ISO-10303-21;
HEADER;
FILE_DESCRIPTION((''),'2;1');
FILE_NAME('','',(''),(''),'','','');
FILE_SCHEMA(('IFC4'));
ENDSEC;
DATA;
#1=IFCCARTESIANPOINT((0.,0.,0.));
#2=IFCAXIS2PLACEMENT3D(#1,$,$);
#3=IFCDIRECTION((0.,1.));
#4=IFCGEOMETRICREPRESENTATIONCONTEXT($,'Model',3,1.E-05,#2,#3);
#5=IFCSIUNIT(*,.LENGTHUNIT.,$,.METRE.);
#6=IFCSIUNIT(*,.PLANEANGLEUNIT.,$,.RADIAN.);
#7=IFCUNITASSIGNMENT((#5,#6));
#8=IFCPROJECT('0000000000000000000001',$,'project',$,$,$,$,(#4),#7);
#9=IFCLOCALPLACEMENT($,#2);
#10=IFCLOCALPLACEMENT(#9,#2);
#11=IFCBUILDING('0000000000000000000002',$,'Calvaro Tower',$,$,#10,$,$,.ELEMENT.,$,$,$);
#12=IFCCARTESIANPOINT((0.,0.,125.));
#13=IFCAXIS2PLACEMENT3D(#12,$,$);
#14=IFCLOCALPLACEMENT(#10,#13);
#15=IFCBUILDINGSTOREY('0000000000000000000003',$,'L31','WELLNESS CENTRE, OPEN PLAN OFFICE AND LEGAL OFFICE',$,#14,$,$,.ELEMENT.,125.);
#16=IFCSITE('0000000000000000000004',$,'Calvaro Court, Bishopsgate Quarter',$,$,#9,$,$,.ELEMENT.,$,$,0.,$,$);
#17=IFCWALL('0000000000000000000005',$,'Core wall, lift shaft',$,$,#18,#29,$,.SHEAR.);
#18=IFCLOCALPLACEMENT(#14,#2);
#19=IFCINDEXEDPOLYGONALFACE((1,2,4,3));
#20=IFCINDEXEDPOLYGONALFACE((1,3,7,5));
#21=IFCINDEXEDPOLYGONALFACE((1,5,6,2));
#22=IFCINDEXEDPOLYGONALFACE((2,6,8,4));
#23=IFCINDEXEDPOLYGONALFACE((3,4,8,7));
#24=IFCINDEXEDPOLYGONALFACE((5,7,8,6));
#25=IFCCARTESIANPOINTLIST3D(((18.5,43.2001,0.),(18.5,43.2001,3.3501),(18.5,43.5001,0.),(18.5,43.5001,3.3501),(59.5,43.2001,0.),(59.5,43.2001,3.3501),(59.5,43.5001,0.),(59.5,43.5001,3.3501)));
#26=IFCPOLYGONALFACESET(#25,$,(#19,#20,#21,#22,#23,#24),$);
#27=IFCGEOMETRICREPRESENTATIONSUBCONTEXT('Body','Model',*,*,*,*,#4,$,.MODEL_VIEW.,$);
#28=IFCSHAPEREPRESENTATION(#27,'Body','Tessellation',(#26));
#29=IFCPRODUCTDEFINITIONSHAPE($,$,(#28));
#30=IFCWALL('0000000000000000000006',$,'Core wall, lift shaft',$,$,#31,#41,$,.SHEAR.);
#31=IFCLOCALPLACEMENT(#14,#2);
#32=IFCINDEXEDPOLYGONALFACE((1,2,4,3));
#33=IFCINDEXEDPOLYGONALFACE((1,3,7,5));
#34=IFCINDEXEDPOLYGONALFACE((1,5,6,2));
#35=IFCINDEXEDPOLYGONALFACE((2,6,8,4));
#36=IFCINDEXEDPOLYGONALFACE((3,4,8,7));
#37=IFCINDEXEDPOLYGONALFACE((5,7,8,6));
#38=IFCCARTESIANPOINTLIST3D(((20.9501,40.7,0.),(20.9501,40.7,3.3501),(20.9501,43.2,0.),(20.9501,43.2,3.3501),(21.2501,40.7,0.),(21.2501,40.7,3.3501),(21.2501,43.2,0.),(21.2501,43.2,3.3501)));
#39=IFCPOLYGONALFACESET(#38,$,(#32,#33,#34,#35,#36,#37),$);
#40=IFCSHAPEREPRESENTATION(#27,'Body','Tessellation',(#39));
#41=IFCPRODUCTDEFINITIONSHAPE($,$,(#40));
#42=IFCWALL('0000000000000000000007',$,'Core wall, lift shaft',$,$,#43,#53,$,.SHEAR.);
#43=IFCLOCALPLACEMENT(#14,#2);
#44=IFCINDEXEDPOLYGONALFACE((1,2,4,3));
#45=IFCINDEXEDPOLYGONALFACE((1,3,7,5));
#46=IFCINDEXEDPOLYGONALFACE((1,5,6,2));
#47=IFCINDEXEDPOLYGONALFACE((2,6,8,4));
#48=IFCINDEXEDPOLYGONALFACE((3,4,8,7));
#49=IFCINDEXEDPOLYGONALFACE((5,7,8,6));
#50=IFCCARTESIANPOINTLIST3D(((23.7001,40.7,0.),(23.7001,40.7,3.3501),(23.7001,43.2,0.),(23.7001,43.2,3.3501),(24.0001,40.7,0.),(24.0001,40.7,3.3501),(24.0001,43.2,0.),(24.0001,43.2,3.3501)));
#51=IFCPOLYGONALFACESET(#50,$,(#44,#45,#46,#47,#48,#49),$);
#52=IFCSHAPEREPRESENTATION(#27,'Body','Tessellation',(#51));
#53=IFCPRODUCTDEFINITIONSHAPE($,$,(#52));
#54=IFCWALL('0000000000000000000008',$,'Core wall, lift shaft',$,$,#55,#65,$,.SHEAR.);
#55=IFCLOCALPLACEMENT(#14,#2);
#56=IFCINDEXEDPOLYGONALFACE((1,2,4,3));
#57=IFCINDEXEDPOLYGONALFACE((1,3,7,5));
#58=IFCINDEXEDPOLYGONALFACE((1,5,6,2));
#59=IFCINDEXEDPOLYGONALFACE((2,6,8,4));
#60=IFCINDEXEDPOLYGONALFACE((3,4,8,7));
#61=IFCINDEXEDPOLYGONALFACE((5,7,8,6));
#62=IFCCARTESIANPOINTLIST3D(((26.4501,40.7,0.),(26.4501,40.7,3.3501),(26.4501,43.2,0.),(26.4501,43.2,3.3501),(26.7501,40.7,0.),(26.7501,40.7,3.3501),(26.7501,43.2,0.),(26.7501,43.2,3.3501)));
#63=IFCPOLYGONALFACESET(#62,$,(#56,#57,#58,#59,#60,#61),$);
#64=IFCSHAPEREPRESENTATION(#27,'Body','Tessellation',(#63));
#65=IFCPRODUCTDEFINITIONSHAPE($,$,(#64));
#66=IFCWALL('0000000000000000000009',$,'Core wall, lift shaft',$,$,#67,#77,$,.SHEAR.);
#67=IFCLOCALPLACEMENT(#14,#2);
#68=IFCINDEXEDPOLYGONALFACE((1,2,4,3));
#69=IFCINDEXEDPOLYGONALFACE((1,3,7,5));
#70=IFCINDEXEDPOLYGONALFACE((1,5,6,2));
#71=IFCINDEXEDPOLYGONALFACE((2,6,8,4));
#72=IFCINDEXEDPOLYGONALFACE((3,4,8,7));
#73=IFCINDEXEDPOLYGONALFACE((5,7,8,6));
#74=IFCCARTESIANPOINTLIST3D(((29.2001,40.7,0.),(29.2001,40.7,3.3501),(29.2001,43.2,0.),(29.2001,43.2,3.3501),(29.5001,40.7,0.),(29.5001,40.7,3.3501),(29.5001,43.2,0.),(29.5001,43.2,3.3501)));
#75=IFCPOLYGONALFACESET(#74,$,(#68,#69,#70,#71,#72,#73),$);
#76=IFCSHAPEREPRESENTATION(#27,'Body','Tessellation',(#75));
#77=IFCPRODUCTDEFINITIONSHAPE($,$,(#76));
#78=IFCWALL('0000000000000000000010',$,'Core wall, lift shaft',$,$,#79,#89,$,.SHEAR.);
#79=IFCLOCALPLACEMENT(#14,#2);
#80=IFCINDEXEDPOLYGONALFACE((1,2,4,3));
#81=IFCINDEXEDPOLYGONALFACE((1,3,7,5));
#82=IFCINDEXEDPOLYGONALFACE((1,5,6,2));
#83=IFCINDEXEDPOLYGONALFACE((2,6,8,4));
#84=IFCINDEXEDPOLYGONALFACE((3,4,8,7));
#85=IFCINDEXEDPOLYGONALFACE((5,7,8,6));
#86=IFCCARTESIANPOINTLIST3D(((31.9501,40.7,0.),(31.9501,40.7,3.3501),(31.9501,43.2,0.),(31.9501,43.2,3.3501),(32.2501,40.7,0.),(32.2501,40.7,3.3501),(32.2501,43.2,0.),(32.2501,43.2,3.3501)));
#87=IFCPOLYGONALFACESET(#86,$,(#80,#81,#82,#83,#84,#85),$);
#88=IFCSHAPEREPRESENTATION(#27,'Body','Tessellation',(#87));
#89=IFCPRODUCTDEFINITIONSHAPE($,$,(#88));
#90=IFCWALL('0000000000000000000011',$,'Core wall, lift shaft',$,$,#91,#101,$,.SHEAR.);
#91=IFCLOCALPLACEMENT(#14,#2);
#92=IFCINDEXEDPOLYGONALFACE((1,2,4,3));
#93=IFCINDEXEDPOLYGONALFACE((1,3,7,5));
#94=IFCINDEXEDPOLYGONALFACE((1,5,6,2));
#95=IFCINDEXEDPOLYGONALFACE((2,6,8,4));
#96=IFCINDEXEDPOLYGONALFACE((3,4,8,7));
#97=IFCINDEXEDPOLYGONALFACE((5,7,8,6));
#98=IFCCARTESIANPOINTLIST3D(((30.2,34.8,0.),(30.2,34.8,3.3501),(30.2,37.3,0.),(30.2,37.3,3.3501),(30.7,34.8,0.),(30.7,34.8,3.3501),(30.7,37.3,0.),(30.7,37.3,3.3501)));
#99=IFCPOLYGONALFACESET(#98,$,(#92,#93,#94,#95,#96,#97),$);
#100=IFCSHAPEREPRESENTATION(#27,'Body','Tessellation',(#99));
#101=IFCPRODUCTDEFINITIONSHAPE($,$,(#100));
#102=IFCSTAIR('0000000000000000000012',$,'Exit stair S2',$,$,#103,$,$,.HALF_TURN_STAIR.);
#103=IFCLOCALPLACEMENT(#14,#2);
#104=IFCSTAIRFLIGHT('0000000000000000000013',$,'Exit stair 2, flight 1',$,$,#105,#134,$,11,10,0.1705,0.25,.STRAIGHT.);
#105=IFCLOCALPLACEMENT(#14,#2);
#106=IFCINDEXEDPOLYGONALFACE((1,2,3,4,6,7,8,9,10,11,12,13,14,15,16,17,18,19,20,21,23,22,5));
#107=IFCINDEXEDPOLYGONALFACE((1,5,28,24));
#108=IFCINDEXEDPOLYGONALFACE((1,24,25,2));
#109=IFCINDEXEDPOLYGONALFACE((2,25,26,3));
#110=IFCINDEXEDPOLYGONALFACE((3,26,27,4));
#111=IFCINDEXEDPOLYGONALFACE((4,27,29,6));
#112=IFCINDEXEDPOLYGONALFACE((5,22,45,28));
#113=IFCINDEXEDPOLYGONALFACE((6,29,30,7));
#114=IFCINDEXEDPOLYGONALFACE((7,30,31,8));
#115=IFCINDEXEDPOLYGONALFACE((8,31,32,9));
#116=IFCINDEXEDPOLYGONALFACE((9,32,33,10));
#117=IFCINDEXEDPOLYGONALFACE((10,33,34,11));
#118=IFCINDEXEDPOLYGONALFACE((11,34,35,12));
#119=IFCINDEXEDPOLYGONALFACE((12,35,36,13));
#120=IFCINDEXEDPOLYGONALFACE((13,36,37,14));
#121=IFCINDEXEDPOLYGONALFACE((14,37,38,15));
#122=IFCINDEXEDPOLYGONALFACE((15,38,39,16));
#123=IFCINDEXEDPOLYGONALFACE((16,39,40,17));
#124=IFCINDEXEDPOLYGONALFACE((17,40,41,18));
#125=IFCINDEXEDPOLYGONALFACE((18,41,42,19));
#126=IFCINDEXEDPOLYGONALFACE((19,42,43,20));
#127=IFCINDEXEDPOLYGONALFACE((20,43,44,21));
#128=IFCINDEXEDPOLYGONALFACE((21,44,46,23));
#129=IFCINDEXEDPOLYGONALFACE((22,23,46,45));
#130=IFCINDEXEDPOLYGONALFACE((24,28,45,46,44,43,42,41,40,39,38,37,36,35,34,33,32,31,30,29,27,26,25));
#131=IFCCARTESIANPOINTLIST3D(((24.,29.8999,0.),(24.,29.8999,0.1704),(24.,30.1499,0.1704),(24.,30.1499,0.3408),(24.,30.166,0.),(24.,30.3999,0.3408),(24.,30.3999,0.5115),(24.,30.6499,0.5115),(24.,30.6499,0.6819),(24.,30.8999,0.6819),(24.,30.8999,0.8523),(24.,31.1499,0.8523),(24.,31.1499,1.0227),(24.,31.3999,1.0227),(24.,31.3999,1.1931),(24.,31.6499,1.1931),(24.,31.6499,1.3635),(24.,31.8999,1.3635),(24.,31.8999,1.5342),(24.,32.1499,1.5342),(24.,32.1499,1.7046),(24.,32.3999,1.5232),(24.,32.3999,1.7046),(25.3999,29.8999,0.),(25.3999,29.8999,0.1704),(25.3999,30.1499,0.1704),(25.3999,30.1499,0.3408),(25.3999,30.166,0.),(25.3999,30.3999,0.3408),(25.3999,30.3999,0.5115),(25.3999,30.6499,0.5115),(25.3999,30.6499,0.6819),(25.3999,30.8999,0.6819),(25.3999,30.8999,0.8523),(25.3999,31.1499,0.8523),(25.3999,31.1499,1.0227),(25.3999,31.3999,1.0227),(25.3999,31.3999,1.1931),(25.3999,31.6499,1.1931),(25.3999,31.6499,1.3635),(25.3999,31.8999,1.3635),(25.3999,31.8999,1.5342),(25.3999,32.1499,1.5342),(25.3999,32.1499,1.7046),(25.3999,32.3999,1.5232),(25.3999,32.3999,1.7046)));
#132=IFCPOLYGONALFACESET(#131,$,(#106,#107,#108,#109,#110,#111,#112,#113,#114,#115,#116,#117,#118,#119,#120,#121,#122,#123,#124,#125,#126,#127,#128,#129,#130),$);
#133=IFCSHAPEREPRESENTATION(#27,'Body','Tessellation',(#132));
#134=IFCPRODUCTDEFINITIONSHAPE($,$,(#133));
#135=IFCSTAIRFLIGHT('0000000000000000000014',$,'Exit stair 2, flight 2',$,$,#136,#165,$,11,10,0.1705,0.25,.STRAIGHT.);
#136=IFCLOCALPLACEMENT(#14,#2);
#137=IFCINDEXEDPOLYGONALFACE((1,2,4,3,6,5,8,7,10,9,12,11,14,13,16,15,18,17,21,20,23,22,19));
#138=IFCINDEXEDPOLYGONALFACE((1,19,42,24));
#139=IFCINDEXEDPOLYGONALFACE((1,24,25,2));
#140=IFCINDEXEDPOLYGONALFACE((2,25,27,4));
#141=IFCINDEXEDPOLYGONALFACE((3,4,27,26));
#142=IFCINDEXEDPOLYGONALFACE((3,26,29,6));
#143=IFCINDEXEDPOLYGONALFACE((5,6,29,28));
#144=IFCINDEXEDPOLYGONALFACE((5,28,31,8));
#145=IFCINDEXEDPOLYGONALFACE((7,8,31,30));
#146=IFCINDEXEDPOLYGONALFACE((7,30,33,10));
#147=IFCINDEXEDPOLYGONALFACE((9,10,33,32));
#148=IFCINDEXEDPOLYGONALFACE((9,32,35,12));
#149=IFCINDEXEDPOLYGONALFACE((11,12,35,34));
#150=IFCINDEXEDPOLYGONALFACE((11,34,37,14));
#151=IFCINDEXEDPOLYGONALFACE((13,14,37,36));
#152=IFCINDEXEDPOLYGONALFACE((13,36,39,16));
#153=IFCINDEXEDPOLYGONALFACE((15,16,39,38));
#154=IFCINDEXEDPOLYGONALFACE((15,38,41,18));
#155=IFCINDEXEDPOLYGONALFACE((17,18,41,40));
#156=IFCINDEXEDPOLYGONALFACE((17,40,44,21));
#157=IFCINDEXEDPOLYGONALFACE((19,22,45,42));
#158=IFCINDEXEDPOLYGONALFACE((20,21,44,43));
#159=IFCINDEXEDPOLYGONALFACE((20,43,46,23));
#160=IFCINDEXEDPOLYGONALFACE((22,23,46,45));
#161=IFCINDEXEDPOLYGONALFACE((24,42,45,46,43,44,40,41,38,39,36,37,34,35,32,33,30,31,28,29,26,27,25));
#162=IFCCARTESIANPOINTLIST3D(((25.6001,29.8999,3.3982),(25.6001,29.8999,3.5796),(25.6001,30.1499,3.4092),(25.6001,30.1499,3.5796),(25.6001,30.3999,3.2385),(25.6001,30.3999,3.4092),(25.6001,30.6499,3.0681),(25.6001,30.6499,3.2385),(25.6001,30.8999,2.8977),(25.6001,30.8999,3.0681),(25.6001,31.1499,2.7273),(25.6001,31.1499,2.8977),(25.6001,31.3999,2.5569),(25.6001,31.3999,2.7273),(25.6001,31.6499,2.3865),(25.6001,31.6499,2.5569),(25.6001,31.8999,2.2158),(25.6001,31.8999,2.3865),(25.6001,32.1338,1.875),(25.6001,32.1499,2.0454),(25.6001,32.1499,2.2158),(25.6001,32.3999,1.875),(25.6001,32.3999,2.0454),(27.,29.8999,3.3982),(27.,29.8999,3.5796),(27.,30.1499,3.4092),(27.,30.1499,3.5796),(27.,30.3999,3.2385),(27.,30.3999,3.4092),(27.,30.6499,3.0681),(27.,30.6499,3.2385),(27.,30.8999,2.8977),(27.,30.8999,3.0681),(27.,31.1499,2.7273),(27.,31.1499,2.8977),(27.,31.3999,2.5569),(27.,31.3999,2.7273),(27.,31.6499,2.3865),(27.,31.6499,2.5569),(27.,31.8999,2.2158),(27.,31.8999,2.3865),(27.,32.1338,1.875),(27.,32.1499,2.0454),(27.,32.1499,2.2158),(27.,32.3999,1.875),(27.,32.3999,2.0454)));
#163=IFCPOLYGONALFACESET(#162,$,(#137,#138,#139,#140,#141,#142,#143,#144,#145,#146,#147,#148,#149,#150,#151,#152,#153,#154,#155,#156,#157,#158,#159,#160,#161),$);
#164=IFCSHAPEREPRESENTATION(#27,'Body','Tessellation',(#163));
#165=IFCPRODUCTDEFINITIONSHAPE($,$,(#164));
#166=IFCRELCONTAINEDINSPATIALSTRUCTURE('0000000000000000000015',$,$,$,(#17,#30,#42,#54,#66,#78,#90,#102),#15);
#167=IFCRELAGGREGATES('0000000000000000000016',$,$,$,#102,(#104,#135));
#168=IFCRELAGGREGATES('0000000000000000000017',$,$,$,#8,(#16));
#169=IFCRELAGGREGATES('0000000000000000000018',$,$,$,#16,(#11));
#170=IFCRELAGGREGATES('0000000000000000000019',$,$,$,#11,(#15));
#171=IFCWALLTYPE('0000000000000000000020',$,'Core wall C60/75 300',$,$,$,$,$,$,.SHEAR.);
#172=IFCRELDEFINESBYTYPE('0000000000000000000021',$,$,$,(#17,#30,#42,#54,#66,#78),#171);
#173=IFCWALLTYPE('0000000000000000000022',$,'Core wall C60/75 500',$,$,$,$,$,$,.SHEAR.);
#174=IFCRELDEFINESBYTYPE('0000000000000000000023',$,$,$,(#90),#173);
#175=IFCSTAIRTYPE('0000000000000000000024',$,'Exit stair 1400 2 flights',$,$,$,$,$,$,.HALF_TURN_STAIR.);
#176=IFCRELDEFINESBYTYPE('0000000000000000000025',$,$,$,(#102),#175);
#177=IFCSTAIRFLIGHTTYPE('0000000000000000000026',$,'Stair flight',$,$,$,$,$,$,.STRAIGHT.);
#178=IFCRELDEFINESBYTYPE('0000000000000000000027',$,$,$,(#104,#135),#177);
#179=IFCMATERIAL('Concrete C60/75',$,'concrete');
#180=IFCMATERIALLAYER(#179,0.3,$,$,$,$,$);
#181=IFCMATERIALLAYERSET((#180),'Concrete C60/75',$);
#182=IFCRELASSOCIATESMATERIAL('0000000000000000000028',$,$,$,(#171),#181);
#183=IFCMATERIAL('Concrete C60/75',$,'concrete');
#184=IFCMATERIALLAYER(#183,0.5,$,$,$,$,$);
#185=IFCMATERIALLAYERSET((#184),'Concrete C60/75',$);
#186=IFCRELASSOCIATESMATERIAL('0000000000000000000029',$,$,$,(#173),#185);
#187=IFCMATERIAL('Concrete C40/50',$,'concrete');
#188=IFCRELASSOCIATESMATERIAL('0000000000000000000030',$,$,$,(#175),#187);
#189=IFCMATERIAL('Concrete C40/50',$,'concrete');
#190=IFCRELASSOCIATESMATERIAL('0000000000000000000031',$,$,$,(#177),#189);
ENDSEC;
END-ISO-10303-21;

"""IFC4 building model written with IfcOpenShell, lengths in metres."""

from ifc_helpers import new_model, si_unit, direction, frame, frame_2d, origin, place, context, subcontext, project, spatial, polyline, rectangle, outline, extrude, material, layer, layer_set, type_object, element, aggregate, save


model = new_model("IFC4")

# Units and contexts
model_context = context("Model", 3, precision=1e-05, world=origin(), true_north=direction((0.0, 1.0)))
body_context = subcontext(model_context, "Body", "Model", "MODEL_VIEW")
ifc_project = project(units=[si_unit("LENGTHUNIT", "METRE"), si_unit("PLANEANGLEUNIT", "RADIAN")], contexts=[model_context])

# Site, building, storey
site_placement = place(None, origin())
site = spatial("IfcSite", under=ifc_project, at=site_placement, Name="Calvaro Court, Bishopsgate Quarter", CompositionType="ELEMENT", RefElevation=0.0)
building_placement = place(site_placement, origin())
building = spatial("IfcBuilding", under=site, at=building_placement, Name="Calvaro Tower", CompositionType="ELEMENT")
storey_placement = place(building_placement, frame((0.0, 0.0, 125.0)))
storey = spatial("IfcBuildingStorey", under=building, at=storey_placement, Name="L31", Description="WELLNESS CENTRE, OPEN PLAN OFFICE AND LEGAL OFFICE", CompositionType="ELEMENT", Elevation=125.0)

# Shared definitions
ifc_material_1 = material(Name="Concrete C60/75", Category="concrete")
ifc_layer_1 = layer(ifc_material_1, 0.3)
ifc_layer_set_1 = layer_set([ifc_layer_1], Name="Concrete C60/75")
wall_type_1 = type_object("IfcWallType", Name="Core wall C60/75 300", PredefinedType="SHEAR", material=ifc_layer_set_1)

# Walls
wall_1_placement = place(storey_placement, frame((18.5, 43.3501, 0.0), z_axis=(0.0, 0.0, 1.0), x_axis=(1.0, 0.0, 0.0)))
element("IfcWall", 1, at=wall_1_placement, inside=storey, type_object=wall_type_1, Name="Core wall, lift shaft", PredefinedType="SHEAR", context=body_context, shape_type="SweptSolid", body=[
    extrude(rectangle(XDim=41.0, YDim=0.3, at=frame_2d((20.5, 0.0))), origin(), (0.0, 0.0, 1.0), 3.3501),
])
for number, where, z_axis, x_axis, name in (
    (2, (21.1001, 40.7, 0.0), (0.0, 0.0, 1.0), (0.0, 1.0, 0.0), "Core wall, lift shaft"),
    (3, (23.8501, 40.7, 0.0), (0.0, 0.0, 1.0), (0.0, 1.0, 0.0), "Core wall, lift shaft"),
    (4, (26.6001, 40.7, 0.0), (0.0, 0.0, 1.0), (0.0, 1.0, 0.0), "Core wall, lift shaft"),
    (5, (29.3501, 40.7, 0.0), (0.0, 0.0, 1.0), (0.0, 1.0, 0.0), "Core wall, lift shaft"),
    (6, (32.1001, 40.7, 0.0), (0.0, 0.0, 1.0), (0.0, 1.0, 0.0), "Core wall, lift shaft"),
):
    element("IfcWall", number, at=place(storey_placement, frame(where, z_axis=z_axis, x_axis=x_axis)), inside=storey, type_object=wall_type_1, Name=name, PredefinedType="SHEAR", context=body_context, shape_type="SweptSolid", body=[
        extrude(rectangle(XDim=2.5, YDim=0.3, at=frame_2d((1.25, 0.0))), origin(), (0.0, 0.0, 1.0), 3.3501),
    ])
ifc_material_2 = material(Name="Concrete C60/75", Category="concrete")
ifc_layer_2 = layer(ifc_material_2, 0.5)
ifc_layer_set_2 = layer_set([ifc_layer_2], Name="Concrete C60/75")
wall_type_2 = type_object("IfcWallType", Name="Core wall C60/75 500", PredefinedType="SHEAR", material=ifc_layer_set_2)
wall_2_placement = place(storey_placement, frame((30.45, 34.8, 0.0), z_axis=(0.0, 0.0, 1.0), x_axis=(0.0, 1.0, 0.0)))
element("IfcWall", 7, at=wall_2_placement, inside=storey, type_object=wall_type_2, Name="Core wall, lift shaft", PredefinedType="SHEAR", context=body_context, shape_type="SweptSolid", body=[
    extrude(rectangle(XDim=2.5, YDim=0.5, at=frame_2d((1.25, 0.0))), origin(), (0.0, 0.0, 1.0), 3.3501),
])

# Stair, stair flights
ifc_material_3 = material(Name="Concrete C40/50", Category="concrete")
stair_type = type_object("IfcStairType", Name="Exit stair 1400 2 flights", PredefinedType="HALF_TURN_STAIR", material=ifc_material_3)
stair_placement = place(storey_placement, origin())
stair = element("IfcStair", 8, at=stair_placement, inside=storey, type_object=stair_type, Name="Exit stair S2", PredefinedType="HALF_TURN_STAIR")
ifc_material_4 = material(Name="Concrete C40/50", Category="concrete")
stair_flight_type = type_object("IfcStairFlightType", Name="Stair flight", PredefinedType="STRAIGHT", material=ifc_material_4)
stair_flight_1_placement = place(storey_placement, frame((24.7, 29.8999, 0.0), z_axis=(0.0, 0.0, 1.0), x_axis=(0.0, 1.0, 0.0)))
stair_flight_1 = element("IfcStairFlight", 9, at=stair_flight_1_placement, type_object=stair_flight_type, Name="Exit stair 2, flight 1", NumberOfRisers=11, NumberOfTreads=10, PredefinedType="STRAIGHT", RiserHeight=0.1705, TreadLength=0.25, context=body_context, shape_type="SweptSolid", body=[
    extrude(outline(polyline([(0.0, 0.0), (0.0, 0.1704), (0.25, 0.1704), (0.25, 0.3408), (0.5, 0.3408), (0.5, 0.5115), (0.75, 0.5115), (0.75, 0.6819), (1.0, 0.6819), (1.0, 0.8523), (1.25, 0.8523), (1.25, 1.0227), (1.5, 1.0227), (1.5, 1.1931), (1.75, 1.1931), (1.75, 1.3635), (2.0, 1.3635), (2.0, 1.5342), (2.25, 1.5342), (2.25, 1.7046), (2.5, 1.7046), (2.5, 1.875), (2.5, 1.5232), (0.2661, 0.0), (0.0, 0.0)])), frame((0.0, 0.7, 0.0), z_axis=(0.0, -1.0, 0.0), x_axis=(1.0, 0.0, 0.0)), (0.0, 0.0, 1.0), 1.3999),
])
stair_flight_2_placement = place(storey_placement, frame((26.3, 32.3999, 1.875), z_axis=(0.0, 0.0, 1.0), x_axis=(0.0, -1.0, 0.0)))
stair_flight_2 = element("IfcStairFlight", 10, at=stair_flight_2_placement, type_object=stair_flight_type, Name="Exit stair 2, flight 2", NumberOfRisers=11, NumberOfTreads=10, PredefinedType="STRAIGHT", RiserHeight=0.1705, TreadLength=0.25, context=body_context, shape_type="SweptSolid", body=[
    extrude(outline(polyline([(0.0, 0.0), (0.0, 0.1704), (0.25, 0.1704), (0.25, 0.3408), (0.5, 0.3408), (0.5, 0.5115), (0.75, 0.5115), (0.75, 0.6819), (1.0, 0.6819), (1.0, 0.8523), (1.25, 0.8523), (1.25, 1.0227), (1.5, 1.0227), (1.5, 1.1931), (1.75, 1.1931), (1.75, 1.3635), (2.0, 1.3635), (2.0, 1.5342), (2.25, 1.5342), (2.25, 1.7046), (2.5, 1.7046), (2.5, 1.875), (2.5, 1.5232), (0.2661, 0.0), (0.0, 0.0)])), frame((0.0, 0.7, 0.0), z_axis=(0.0, -1.0, 0.0), x_axis=(1.0, 0.0, 0.0)), (0.0, 0.0, 1.0), 1.3999),
])
aggregate(stair, [stair_flight_1, stair_flight_2])

save(model, "model.ifc")
